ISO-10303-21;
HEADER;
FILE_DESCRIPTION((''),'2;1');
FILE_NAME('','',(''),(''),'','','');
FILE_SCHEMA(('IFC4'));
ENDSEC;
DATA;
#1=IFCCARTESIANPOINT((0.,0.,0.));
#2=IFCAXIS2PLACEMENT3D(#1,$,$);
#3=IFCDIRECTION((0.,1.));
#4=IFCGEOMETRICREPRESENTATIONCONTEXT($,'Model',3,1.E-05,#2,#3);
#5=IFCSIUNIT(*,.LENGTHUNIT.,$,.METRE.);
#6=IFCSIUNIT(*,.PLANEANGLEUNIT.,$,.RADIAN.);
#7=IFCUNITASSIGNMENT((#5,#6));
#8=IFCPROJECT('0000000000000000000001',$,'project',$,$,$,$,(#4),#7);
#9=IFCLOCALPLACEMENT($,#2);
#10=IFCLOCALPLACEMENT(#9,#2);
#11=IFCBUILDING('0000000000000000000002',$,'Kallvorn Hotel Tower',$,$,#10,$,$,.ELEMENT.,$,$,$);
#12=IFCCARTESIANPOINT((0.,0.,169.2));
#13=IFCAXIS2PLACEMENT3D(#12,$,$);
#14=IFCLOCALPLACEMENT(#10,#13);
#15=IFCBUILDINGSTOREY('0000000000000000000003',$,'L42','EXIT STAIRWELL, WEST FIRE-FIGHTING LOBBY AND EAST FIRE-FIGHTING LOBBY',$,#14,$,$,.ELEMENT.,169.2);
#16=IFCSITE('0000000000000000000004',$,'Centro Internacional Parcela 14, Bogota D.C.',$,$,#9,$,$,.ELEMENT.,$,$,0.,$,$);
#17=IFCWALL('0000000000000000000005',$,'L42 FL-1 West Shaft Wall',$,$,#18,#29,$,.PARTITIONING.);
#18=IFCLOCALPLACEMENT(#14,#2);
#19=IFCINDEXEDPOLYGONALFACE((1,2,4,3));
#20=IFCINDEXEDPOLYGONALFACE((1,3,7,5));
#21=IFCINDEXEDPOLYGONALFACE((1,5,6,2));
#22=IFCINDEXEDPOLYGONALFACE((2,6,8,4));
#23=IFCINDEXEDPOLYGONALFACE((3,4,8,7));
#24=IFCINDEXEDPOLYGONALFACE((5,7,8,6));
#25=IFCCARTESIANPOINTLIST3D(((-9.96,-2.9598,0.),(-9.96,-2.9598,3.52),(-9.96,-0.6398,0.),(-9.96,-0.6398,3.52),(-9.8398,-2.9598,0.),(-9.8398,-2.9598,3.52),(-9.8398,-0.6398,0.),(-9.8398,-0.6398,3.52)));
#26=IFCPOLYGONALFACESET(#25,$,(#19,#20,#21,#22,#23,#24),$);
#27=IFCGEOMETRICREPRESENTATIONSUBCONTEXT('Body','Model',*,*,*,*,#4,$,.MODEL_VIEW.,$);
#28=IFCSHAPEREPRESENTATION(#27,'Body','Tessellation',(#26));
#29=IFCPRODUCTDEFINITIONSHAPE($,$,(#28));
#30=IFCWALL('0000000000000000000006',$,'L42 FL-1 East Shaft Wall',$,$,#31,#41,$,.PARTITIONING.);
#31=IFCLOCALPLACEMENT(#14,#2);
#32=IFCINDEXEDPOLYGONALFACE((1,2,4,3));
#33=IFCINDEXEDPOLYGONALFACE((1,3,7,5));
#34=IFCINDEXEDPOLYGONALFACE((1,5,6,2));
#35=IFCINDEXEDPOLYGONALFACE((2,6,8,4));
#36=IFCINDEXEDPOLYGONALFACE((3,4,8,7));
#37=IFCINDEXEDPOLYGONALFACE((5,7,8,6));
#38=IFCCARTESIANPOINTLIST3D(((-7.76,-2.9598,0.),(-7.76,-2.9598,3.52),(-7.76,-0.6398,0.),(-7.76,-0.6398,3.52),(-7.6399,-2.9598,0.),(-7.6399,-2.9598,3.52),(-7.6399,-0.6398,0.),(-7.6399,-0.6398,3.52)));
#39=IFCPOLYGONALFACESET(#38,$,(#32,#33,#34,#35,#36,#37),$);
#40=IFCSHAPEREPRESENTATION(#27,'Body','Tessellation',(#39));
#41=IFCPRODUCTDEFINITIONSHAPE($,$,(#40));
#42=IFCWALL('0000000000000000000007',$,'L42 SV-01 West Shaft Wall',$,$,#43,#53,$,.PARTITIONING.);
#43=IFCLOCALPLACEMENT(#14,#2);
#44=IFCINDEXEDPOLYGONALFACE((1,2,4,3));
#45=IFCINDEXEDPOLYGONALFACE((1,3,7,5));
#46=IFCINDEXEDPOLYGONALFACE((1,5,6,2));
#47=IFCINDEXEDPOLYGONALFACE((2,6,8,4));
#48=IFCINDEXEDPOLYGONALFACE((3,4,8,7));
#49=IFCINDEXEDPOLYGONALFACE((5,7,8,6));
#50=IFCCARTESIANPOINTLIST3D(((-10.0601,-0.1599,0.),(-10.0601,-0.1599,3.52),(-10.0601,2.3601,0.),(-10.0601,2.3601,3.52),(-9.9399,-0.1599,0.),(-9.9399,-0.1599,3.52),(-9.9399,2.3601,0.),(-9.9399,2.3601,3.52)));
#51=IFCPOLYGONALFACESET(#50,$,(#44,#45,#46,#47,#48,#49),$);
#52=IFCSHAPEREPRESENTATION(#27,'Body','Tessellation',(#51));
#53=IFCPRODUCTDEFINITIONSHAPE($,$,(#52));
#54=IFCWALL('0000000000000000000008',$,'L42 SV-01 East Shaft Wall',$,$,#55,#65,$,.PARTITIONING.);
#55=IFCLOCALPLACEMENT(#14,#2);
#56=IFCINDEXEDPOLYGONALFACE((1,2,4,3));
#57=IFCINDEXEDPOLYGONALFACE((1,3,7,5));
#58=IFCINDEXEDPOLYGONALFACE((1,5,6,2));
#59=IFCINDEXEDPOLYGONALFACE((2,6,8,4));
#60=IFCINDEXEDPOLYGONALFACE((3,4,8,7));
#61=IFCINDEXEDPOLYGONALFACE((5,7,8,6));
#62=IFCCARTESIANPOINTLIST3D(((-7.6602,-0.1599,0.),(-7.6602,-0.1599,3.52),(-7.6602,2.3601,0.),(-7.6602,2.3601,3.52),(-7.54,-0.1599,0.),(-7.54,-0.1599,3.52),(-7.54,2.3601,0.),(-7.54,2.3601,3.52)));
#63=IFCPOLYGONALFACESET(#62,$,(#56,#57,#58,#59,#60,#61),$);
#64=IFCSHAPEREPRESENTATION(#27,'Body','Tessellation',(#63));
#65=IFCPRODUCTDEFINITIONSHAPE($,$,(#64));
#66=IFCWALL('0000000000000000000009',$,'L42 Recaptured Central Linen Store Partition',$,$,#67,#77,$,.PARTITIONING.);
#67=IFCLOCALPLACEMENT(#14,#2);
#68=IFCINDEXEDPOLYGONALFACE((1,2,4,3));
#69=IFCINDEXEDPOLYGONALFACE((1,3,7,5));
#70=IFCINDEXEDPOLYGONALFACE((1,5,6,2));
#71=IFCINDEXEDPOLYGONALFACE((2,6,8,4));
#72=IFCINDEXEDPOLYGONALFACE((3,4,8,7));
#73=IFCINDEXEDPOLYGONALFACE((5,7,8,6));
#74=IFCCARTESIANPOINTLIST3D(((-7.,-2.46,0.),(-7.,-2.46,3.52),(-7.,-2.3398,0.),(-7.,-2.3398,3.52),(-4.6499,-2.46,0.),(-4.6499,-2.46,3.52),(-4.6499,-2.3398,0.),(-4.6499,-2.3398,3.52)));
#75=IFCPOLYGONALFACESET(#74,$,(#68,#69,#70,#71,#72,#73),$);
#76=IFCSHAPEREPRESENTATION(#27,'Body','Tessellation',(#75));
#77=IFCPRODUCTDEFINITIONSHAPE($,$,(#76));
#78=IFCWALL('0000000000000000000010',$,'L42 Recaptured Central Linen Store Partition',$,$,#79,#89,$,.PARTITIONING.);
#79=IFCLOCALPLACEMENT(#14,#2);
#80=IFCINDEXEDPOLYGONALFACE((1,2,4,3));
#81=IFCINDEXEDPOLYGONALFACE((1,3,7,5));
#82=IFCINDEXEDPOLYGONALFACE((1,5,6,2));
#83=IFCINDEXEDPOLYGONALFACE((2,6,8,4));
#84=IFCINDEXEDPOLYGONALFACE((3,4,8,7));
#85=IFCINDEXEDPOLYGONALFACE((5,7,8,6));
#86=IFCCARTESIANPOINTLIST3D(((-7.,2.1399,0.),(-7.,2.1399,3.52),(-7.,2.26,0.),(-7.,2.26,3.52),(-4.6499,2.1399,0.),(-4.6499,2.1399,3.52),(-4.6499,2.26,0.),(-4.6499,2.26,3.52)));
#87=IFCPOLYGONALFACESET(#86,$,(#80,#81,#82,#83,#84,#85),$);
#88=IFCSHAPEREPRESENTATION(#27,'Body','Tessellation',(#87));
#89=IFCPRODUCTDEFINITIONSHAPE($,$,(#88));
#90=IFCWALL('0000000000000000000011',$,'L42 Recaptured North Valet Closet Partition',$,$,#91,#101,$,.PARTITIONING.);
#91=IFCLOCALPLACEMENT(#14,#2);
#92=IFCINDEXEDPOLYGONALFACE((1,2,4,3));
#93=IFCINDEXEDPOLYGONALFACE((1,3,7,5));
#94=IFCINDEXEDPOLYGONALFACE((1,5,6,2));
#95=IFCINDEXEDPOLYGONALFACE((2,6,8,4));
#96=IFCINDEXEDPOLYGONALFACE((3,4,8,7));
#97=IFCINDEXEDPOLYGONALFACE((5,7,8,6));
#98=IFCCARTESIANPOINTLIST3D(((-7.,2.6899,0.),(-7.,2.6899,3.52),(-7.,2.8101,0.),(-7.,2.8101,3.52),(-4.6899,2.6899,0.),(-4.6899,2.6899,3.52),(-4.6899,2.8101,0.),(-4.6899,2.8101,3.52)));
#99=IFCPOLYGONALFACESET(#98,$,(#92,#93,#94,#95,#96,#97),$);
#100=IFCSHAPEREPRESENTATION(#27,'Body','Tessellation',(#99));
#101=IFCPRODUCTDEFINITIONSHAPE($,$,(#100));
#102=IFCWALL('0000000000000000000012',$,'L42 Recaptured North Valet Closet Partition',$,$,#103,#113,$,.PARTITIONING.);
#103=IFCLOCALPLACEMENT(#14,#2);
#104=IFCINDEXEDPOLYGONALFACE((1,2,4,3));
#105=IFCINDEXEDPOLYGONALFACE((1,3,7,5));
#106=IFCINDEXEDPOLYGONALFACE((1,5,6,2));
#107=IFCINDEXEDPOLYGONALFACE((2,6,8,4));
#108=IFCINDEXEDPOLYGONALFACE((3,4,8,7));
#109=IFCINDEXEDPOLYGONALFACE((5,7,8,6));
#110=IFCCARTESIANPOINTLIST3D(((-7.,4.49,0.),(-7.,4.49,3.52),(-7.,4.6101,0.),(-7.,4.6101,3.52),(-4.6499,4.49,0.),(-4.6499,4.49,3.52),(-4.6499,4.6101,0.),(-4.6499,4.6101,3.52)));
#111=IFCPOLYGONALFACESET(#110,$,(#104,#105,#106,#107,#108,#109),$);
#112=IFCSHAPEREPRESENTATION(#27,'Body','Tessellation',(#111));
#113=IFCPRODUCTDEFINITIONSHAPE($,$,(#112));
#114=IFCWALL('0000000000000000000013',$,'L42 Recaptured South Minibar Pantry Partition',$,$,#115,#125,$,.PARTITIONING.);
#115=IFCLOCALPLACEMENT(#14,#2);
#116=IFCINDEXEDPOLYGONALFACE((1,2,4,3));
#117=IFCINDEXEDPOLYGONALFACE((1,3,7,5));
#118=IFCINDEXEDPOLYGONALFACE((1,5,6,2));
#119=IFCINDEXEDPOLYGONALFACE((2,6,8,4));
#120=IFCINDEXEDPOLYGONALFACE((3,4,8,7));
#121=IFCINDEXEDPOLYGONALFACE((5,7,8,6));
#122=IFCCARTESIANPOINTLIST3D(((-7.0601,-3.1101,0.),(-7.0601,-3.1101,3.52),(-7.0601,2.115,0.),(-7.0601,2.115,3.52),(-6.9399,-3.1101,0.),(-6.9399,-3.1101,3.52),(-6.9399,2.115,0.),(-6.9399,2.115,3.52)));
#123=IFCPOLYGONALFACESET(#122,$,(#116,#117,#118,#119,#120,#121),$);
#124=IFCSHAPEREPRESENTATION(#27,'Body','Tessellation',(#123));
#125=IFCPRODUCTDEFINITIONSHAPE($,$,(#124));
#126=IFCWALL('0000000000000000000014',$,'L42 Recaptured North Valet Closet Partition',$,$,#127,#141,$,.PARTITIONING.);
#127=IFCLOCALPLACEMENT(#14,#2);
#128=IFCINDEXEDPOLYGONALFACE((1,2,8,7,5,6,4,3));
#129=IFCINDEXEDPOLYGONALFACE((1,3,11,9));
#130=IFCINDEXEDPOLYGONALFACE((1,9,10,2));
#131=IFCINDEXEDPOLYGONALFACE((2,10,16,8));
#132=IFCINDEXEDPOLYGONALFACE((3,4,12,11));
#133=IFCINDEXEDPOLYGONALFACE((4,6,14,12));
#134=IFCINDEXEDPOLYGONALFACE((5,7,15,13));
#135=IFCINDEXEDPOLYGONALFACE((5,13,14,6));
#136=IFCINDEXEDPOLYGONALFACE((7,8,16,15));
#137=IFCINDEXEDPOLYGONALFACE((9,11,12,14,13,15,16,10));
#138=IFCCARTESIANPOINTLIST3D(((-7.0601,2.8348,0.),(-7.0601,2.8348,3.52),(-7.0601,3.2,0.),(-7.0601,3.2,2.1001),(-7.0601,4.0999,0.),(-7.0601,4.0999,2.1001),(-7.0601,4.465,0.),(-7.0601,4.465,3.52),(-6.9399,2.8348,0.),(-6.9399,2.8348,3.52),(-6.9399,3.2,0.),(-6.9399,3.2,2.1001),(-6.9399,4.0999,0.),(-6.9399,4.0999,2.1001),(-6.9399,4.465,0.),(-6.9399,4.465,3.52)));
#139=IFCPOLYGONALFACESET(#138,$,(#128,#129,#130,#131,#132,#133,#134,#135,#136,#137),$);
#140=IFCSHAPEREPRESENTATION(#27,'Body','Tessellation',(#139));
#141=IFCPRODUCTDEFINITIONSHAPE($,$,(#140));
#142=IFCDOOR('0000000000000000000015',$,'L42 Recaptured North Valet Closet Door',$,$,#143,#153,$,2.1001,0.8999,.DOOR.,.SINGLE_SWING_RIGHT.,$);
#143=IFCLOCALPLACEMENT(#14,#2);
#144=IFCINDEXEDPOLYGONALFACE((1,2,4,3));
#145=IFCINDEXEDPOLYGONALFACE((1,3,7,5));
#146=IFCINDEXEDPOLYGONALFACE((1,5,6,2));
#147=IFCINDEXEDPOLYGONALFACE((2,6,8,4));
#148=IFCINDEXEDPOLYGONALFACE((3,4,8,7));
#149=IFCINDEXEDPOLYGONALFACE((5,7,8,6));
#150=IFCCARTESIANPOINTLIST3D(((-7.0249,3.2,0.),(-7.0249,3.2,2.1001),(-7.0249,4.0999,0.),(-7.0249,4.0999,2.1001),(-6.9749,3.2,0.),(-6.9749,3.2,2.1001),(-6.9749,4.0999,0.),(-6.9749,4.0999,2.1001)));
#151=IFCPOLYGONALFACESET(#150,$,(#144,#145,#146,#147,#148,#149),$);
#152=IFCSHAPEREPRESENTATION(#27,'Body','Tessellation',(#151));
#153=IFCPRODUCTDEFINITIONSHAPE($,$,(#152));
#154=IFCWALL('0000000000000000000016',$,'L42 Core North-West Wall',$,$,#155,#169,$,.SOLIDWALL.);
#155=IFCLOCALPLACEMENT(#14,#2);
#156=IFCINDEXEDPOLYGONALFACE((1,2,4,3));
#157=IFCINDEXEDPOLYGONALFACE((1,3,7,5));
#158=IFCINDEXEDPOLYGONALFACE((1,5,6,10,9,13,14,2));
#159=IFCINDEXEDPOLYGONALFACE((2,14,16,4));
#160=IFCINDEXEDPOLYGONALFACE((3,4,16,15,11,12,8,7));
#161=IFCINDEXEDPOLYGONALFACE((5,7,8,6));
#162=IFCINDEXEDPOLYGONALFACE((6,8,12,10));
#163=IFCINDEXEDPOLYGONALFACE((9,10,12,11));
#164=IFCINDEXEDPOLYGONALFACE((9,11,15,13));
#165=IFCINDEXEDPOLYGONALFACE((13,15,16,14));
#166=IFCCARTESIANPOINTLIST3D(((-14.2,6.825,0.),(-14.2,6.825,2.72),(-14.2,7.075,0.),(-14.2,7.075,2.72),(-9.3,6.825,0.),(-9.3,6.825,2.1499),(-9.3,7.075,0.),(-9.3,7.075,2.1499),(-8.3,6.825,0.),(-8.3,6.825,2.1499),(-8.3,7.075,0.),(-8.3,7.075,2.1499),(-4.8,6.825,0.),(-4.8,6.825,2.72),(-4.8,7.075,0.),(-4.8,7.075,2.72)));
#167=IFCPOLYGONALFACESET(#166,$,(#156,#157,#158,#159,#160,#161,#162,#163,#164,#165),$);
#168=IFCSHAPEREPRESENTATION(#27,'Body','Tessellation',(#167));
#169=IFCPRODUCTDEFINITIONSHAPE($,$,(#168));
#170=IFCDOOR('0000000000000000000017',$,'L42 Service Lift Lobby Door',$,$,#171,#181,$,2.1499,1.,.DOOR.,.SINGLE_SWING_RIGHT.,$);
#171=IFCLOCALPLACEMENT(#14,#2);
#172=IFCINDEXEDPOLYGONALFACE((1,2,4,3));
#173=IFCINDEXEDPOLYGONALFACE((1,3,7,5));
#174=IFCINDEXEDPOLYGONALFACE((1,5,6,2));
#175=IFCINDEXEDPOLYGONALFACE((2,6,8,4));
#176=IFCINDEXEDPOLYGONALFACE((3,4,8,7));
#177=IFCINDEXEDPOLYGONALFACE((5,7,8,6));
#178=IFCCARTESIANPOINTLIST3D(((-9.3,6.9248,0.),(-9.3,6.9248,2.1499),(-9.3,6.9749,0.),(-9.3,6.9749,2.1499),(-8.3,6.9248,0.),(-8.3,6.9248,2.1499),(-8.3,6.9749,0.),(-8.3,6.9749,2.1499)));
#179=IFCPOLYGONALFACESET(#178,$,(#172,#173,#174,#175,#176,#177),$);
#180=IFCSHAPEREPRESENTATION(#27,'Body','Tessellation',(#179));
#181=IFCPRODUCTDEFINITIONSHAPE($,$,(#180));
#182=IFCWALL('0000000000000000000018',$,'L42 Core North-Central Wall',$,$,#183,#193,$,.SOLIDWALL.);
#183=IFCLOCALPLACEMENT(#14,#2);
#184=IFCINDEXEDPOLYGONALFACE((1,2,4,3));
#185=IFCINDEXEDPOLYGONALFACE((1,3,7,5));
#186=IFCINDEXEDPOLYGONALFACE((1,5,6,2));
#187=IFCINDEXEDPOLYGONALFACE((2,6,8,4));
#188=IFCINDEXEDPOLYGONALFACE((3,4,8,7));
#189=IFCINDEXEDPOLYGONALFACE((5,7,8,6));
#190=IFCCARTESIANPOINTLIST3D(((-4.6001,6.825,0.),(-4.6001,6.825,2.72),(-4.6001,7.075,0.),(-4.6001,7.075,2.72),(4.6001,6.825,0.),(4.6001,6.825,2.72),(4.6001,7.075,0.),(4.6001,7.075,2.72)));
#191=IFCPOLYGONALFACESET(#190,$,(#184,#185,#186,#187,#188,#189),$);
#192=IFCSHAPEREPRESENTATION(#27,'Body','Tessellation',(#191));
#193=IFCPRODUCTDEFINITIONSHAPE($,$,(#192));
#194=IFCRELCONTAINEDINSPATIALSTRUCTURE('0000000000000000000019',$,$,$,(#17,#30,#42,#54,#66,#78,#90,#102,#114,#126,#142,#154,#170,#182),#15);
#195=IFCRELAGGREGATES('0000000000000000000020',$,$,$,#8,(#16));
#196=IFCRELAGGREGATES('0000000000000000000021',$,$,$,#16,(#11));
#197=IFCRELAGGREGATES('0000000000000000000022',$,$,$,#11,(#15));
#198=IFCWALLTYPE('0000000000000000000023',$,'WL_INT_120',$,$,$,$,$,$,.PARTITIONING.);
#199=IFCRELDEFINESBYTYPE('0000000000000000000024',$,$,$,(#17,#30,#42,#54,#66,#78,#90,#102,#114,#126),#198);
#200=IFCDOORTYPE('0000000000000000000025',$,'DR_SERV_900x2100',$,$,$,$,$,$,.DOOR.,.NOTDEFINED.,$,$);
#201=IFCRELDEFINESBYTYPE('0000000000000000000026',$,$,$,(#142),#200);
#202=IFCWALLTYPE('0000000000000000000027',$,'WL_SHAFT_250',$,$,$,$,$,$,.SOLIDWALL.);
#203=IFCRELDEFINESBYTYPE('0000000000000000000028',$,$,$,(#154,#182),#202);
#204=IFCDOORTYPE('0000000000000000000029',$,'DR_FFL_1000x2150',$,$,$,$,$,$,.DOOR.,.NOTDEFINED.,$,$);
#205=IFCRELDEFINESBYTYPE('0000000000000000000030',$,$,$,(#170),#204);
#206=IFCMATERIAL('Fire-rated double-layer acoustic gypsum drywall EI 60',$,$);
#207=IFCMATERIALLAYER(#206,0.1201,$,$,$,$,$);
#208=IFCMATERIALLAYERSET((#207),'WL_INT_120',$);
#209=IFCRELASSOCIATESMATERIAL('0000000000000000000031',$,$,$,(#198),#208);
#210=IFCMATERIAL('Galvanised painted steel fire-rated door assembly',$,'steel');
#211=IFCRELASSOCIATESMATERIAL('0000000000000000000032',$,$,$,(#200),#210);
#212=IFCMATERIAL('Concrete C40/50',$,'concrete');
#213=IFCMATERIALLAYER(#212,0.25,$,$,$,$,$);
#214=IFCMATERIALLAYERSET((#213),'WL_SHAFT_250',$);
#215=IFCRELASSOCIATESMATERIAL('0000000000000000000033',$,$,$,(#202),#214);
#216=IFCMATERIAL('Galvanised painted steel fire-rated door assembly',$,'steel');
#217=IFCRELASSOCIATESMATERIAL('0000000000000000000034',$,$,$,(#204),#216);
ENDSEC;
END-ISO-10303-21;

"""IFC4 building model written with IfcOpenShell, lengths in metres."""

from ifc_helpers import new_model, si_unit, direction, frame, frame_2d, origin, place, context, subcontext, project, spatial, rectangle, extrude, material, layer, layer_set, type_object, element, fill, save


model = new_model("IFC4")

# Units and contexts
model_context = context("Model", 3, precision=1e-05, world=origin(), true_north=direction((0.0, 1.0)))
body_context = subcontext(model_context, "Body", "Model", "MODEL_VIEW")
ifc_project = project(units=[si_unit("LENGTHUNIT", "METRE"), si_unit("PLANEANGLEUNIT", "RADIAN")], contexts=[model_context])

# Site, building, storey
site_placement = place(None, origin())
site = spatial("IfcSite", under=ifc_project, at=site_placement, Name="Centro Internacional Parcela 14, Bogota D.C.", CompositionType="ELEMENT", RefElevation=0.0)
building_placement = place(site_placement, origin())
building = spatial("IfcBuilding", under=site, at=building_placement, Name="Kallvorn Hotel Tower", CompositionType="ELEMENT")
storey_placement = place(building_placement, frame((0.0, 0.0, 169.2)))
storey = spatial("IfcBuildingStorey", under=building, at=storey_placement, Name="L42", Description="EXIT STAIRWELL, WEST FIRE-FIGHTING LOBBY AND EAST FIRE-FIGHTING LOBBY", CompositionType="ELEMENT", Elevation=169.2)

# Walls
ifc_material_1 = material(Name="Fire-rated double-layer acoustic gypsum drywall EI 60")
ifc_layer_1 = layer(ifc_material_1, 0.1201)
ifc_layer_set_1 = layer_set([ifc_layer_1], Name="WL_INT_120")
wall_type_1 = type_object("IfcWallType", Name="WL_INT_120", PredefinedType="PARTITIONING", material=ifc_layer_set_1)
for number, where, z_axis, x_axis, name in (
    (1, (-9.8999, -2.96, 0.0), (0.0, 0.0, 1.0), (0.0, 1.0, 0.0), "L42 FL-1 West Shaft Wall"),
    (2, (-7.7, -2.96, 0.0), (0.0, 0.0, 1.0), (0.0, 1.0, 0.0), "L42 FL-1 East Shaft Wall"),
):
    element("IfcWall", number, at=place(storey_placement, frame(where, z_axis=z_axis, x_axis=x_axis)), inside=storey, type_object=wall_type_1, Name=name, PredefinedType="PARTITIONING", context=body_context, shape_type="SweptSolid", body=[
        extrude(rectangle(XDim=2.3201, YDim=0.1201, at=frame_2d((1.1602, 0.0))), origin(), (0.0, 0.0, 1.0), 3.52),
    ])
for number, where, z_axis, x_axis, name in (
    (3, (-10.0, -0.1599, 0.0), (0.0, 0.0, 1.0), (0.0, 1.0, 0.0), "L42 SV-01 West Shaft Wall"),
    (4, (-7.6001, -0.1599, 0.0), (0.0, 0.0, 1.0), (0.0, 1.0, 0.0), "L42 SV-01 East Shaft Wall"),
):
    element("IfcWall", number, at=place(storey_placement, frame(where, z_axis=z_axis, x_axis=x_axis)), inside=storey, type_object=wall_type_1, Name=name, PredefinedType="PARTITIONING", context=body_context, shape_type="SweptSolid", body=[
        extrude(rectangle(XDim=2.52, YDim=0.1201, at=frame_2d((1.26, 0.0))), origin(), (0.0, 0.0, 1.0), 3.52),
    ])
for number, where, z_axis, x_axis, name in (
    (5, (-7.0, -2.3999, 0.0), (0.0, 0.0, 1.0), (1.0, 0.0, 0.0), "L42 Recaptured Central Linen Store Partition"),
    (6, (-7.0, 2.2, 0.0), (0.0, 0.0, 1.0), (1.0, 0.0, 0.0), "L42 Recaptured Central Linen Store Partition"),
):
    element("IfcWall", number, at=place(storey_placement, frame(where, z_axis=z_axis, x_axis=x_axis)), inside=storey, type_object=wall_type_1, Name=name, PredefinedType="PARTITIONING", context=body_context, shape_type="SweptSolid", body=[
        extrude(rectangle(XDim=2.3501, YDim=0.1201, at=frame_2d((1.175, 0.0))), origin(), (0.0, 0.0, 1.0), 3.52),
    ])
wall_1_placement = place(storey_placement, frame((-7.0, 2.75, 0.0), z_axis=(0.0, 0.0, 1.0), x_axis=(1.0, 0.0, 0.0)))
element("IfcWall", 7, at=wall_1_placement, inside=storey, type_object=wall_type_1, Name="L42 Recaptured North Valet Closet Partition", PredefinedType="PARTITIONING", context=body_context, shape_type="SweptSolid", body=[
    extrude(rectangle(XDim=2.3101, YDim=0.1201, at=frame_2d((1.155, 0.0))), origin(), (0.0, 0.0, 1.0), 3.52),
])
wall_2_placement = place(storey_placement, frame((-7.0, 4.55, 0.0), z_axis=(0.0, 0.0, 1.0), x_axis=(1.0, 0.0, 0.0)))
element("IfcWall", 8, at=wall_2_placement, inside=storey, type_object=wall_type_1, Name="L42 Recaptured North Valet Closet Partition", PredefinedType="PARTITIONING", context=body_context, shape_type="SweptSolid", body=[
    extrude(rectangle(XDim=2.3501, YDim=0.1201, at=frame_2d((1.175, 0.0))), origin(), (0.0, 0.0, 1.0), 3.52),
])
wall_3_placement = place(storey_placement, frame((-7.0, -3.1101, 0.0), z_axis=(0.0, 0.0, 1.0), x_axis=(0.0, 1.0, 0.0)))
element("IfcWall", 9, at=wall_3_placement, inside=storey, type_object=wall_type_1, Name="L42 Recaptured South Minibar Pantry Partition", PredefinedType="PARTITIONING", context=body_context, shape_type="SweptSolid", body=[
    extrude(rectangle(XDim=5.2251, YDim=0.1201, at=frame_2d((2.6125, 0.0))), origin(), (0.0, 0.0, 1.0), 3.52),
])

# Walls, openings, doors
wall_4_placement = place(storey_placement, frame((-7.0, 2.835, 0.0), z_axis=(0.0, 0.0, 1.0), x_axis=(0.0, 1.0, 0.0)))
wall_4 = element("IfcWall", 10, at=wall_4_placement, inside=storey, type_object=wall_type_1, Name="L42 Recaptured North Valet Closet Partition", PredefinedType="PARTITIONING", context=body_context, shape_type="SweptSolid", body=[
    extrude(rectangle(XDim=1.6301, YDim=0.1201, at=frame_2d((0.8149, 0.0))), origin(), (0.0, 0.0, 1.0), 3.52),
])
opening_1_placement = place(wall_4_placement, frame((0.365, 0.0, 0.0)))
opening_1 = element("IfcOpeningElement", 11, at=opening_1_placement, cuts=wall_4, PredefinedType="OPENING", context=body_context, shape_type="SweptSolid", body=[
    extrude(rectangle(XDim=0.8999, YDim=2.1001, at=frame_2d((0.45, 1.05))), frame((0.0, 0.075, 0.0), z_axis=(0.0, -1.0, 0.0), x_axis=(1.0, 0.0, 0.0)), (0.0, 0.0, 1.0), 0.1501),
])
ifc_material_2 = material(Name="Galvanised painted steel fire-rated door assembly", Category="steel")
door_type_1 = type_object("IfcDoorType", Name="DR_SERV_900x2100", OperationType="NOTDEFINED", PredefinedType="DOOR", material=ifc_material_2)
door_1_placement = place(opening_1_placement, origin())
door_1 = element("IfcDoor", 12, at=door_1_placement, inside=storey, type_object=door_type_1, Name="L42 Recaptured North Valet Closet Door", OperationType="SINGLE_SWING_RIGHT", OverallHeight=2.1001, OverallWidth=0.8999, PredefinedType="DOOR", context=body_context, shape_type="SweptSolid", body=[
    extrude(rectangle(XDim=0.8999, YDim=2.1001, at=frame_2d((0.45, 1.05))), frame((0.0, 0.0249, 0.0), z_axis=(0.0, -1.0, 0.0), x_axis=(1.0, 0.0, 0.0)), (0.0, 0.0, 1.0), 0.05),
])
fill(opening_1, door_1)
ifc_material_3 = material(Name="Concrete C40/50", Category="concrete")
ifc_layer_2 = layer(ifc_material_3, 0.25)
ifc_layer_set_2 = layer_set([ifc_layer_2], Name="WL_SHAFT_250")
wall_type_2 = type_object("IfcWallType", Name="WL_SHAFT_250", PredefinedType="SOLIDWALL", material=ifc_layer_set_2)
wall_5_placement = place(storey_placement, frame((-14.2, 6.95, 0.0), z_axis=(0.0, 0.0, 1.0), x_axis=(1.0, 0.0, 0.0)))
wall_5 = element("IfcWall", 13, at=wall_5_placement, inside=storey, type_object=wall_type_2, Name="L42 Core North-West Wall", PredefinedType="SOLIDWALL", context=body_context, shape_type="SweptSolid", body=[
    extrude(rectangle(XDim=9.3999, YDim=0.25, at=frame_2d((4.7, 0.0))), origin(), (0.0, 0.0, 1.0), 2.72),
])
opening_2_placement = place(wall_5_placement, frame((4.8999, 0.0, 0.0)))
opening_2 = element("IfcOpeningElement", 14, at=opening_2_placement, cuts=wall_5, PredefinedType="OPENING", context=body_context, shape_type="SweptSolid", body=[
    extrude(rectangle(XDim=1.0, YDim=2.1499, at=frame_2d((0.5, 1.075))), frame((0.0, 0.1399, 0.0), z_axis=(0.0, -1.0, 0.0), x_axis=(1.0, 0.0, 0.0)), (0.0, 0.0, 1.0), 0.28),
])
ifc_material_4 = material(Name="Galvanised painted steel fire-rated door assembly", Category="steel")
door_type_2 = type_object("IfcDoorType", Name="DR_FFL_1000x2150", OperationType="NOTDEFINED", PredefinedType="DOOR", material=ifc_material_4)
door_2_placement = place(opening_2_placement, origin())
door_2 = element("IfcDoor", 15, at=door_2_placement, inside=storey, type_object=door_type_2, Name="L42 Service Lift Lobby Door", OperationType="SINGLE_SWING_RIGHT", OverallHeight=2.1499, OverallWidth=1.0, PredefinedType="DOOR", context=body_context, shape_type="SweptSolid", body=[
    extrude(rectangle(XDim=1.0, YDim=2.1499, at=frame_2d((0.5, 1.075))), frame((0.0, 0.0249, 0.0), z_axis=(0.0, -1.0, 0.0), x_axis=(1.0, 0.0, 0.0)), (0.0, 0.0, 1.0), 0.05),
])
fill(opening_2, door_2)

# Wall
wall_6_placement = place(storey_placement, frame((-4.6001, 6.95, 0.0), z_axis=(0.0, 0.0, 1.0), x_axis=(1.0, 0.0, 0.0)))
element("IfcWall", 16, at=wall_6_placement, inside=storey, type_object=wall_type_2, Name="L42 Core North-Central Wall", PredefinedType="SOLIDWALL", context=body_context, shape_type="SweptSolid", body=[
    extrude(rectangle(XDim=9.2002, YDim=0.25, at=frame_2d((4.6001, 0.0))), origin(), (0.0, 0.0, 1.0), 2.72),
])

save(model, "model.ifc")
